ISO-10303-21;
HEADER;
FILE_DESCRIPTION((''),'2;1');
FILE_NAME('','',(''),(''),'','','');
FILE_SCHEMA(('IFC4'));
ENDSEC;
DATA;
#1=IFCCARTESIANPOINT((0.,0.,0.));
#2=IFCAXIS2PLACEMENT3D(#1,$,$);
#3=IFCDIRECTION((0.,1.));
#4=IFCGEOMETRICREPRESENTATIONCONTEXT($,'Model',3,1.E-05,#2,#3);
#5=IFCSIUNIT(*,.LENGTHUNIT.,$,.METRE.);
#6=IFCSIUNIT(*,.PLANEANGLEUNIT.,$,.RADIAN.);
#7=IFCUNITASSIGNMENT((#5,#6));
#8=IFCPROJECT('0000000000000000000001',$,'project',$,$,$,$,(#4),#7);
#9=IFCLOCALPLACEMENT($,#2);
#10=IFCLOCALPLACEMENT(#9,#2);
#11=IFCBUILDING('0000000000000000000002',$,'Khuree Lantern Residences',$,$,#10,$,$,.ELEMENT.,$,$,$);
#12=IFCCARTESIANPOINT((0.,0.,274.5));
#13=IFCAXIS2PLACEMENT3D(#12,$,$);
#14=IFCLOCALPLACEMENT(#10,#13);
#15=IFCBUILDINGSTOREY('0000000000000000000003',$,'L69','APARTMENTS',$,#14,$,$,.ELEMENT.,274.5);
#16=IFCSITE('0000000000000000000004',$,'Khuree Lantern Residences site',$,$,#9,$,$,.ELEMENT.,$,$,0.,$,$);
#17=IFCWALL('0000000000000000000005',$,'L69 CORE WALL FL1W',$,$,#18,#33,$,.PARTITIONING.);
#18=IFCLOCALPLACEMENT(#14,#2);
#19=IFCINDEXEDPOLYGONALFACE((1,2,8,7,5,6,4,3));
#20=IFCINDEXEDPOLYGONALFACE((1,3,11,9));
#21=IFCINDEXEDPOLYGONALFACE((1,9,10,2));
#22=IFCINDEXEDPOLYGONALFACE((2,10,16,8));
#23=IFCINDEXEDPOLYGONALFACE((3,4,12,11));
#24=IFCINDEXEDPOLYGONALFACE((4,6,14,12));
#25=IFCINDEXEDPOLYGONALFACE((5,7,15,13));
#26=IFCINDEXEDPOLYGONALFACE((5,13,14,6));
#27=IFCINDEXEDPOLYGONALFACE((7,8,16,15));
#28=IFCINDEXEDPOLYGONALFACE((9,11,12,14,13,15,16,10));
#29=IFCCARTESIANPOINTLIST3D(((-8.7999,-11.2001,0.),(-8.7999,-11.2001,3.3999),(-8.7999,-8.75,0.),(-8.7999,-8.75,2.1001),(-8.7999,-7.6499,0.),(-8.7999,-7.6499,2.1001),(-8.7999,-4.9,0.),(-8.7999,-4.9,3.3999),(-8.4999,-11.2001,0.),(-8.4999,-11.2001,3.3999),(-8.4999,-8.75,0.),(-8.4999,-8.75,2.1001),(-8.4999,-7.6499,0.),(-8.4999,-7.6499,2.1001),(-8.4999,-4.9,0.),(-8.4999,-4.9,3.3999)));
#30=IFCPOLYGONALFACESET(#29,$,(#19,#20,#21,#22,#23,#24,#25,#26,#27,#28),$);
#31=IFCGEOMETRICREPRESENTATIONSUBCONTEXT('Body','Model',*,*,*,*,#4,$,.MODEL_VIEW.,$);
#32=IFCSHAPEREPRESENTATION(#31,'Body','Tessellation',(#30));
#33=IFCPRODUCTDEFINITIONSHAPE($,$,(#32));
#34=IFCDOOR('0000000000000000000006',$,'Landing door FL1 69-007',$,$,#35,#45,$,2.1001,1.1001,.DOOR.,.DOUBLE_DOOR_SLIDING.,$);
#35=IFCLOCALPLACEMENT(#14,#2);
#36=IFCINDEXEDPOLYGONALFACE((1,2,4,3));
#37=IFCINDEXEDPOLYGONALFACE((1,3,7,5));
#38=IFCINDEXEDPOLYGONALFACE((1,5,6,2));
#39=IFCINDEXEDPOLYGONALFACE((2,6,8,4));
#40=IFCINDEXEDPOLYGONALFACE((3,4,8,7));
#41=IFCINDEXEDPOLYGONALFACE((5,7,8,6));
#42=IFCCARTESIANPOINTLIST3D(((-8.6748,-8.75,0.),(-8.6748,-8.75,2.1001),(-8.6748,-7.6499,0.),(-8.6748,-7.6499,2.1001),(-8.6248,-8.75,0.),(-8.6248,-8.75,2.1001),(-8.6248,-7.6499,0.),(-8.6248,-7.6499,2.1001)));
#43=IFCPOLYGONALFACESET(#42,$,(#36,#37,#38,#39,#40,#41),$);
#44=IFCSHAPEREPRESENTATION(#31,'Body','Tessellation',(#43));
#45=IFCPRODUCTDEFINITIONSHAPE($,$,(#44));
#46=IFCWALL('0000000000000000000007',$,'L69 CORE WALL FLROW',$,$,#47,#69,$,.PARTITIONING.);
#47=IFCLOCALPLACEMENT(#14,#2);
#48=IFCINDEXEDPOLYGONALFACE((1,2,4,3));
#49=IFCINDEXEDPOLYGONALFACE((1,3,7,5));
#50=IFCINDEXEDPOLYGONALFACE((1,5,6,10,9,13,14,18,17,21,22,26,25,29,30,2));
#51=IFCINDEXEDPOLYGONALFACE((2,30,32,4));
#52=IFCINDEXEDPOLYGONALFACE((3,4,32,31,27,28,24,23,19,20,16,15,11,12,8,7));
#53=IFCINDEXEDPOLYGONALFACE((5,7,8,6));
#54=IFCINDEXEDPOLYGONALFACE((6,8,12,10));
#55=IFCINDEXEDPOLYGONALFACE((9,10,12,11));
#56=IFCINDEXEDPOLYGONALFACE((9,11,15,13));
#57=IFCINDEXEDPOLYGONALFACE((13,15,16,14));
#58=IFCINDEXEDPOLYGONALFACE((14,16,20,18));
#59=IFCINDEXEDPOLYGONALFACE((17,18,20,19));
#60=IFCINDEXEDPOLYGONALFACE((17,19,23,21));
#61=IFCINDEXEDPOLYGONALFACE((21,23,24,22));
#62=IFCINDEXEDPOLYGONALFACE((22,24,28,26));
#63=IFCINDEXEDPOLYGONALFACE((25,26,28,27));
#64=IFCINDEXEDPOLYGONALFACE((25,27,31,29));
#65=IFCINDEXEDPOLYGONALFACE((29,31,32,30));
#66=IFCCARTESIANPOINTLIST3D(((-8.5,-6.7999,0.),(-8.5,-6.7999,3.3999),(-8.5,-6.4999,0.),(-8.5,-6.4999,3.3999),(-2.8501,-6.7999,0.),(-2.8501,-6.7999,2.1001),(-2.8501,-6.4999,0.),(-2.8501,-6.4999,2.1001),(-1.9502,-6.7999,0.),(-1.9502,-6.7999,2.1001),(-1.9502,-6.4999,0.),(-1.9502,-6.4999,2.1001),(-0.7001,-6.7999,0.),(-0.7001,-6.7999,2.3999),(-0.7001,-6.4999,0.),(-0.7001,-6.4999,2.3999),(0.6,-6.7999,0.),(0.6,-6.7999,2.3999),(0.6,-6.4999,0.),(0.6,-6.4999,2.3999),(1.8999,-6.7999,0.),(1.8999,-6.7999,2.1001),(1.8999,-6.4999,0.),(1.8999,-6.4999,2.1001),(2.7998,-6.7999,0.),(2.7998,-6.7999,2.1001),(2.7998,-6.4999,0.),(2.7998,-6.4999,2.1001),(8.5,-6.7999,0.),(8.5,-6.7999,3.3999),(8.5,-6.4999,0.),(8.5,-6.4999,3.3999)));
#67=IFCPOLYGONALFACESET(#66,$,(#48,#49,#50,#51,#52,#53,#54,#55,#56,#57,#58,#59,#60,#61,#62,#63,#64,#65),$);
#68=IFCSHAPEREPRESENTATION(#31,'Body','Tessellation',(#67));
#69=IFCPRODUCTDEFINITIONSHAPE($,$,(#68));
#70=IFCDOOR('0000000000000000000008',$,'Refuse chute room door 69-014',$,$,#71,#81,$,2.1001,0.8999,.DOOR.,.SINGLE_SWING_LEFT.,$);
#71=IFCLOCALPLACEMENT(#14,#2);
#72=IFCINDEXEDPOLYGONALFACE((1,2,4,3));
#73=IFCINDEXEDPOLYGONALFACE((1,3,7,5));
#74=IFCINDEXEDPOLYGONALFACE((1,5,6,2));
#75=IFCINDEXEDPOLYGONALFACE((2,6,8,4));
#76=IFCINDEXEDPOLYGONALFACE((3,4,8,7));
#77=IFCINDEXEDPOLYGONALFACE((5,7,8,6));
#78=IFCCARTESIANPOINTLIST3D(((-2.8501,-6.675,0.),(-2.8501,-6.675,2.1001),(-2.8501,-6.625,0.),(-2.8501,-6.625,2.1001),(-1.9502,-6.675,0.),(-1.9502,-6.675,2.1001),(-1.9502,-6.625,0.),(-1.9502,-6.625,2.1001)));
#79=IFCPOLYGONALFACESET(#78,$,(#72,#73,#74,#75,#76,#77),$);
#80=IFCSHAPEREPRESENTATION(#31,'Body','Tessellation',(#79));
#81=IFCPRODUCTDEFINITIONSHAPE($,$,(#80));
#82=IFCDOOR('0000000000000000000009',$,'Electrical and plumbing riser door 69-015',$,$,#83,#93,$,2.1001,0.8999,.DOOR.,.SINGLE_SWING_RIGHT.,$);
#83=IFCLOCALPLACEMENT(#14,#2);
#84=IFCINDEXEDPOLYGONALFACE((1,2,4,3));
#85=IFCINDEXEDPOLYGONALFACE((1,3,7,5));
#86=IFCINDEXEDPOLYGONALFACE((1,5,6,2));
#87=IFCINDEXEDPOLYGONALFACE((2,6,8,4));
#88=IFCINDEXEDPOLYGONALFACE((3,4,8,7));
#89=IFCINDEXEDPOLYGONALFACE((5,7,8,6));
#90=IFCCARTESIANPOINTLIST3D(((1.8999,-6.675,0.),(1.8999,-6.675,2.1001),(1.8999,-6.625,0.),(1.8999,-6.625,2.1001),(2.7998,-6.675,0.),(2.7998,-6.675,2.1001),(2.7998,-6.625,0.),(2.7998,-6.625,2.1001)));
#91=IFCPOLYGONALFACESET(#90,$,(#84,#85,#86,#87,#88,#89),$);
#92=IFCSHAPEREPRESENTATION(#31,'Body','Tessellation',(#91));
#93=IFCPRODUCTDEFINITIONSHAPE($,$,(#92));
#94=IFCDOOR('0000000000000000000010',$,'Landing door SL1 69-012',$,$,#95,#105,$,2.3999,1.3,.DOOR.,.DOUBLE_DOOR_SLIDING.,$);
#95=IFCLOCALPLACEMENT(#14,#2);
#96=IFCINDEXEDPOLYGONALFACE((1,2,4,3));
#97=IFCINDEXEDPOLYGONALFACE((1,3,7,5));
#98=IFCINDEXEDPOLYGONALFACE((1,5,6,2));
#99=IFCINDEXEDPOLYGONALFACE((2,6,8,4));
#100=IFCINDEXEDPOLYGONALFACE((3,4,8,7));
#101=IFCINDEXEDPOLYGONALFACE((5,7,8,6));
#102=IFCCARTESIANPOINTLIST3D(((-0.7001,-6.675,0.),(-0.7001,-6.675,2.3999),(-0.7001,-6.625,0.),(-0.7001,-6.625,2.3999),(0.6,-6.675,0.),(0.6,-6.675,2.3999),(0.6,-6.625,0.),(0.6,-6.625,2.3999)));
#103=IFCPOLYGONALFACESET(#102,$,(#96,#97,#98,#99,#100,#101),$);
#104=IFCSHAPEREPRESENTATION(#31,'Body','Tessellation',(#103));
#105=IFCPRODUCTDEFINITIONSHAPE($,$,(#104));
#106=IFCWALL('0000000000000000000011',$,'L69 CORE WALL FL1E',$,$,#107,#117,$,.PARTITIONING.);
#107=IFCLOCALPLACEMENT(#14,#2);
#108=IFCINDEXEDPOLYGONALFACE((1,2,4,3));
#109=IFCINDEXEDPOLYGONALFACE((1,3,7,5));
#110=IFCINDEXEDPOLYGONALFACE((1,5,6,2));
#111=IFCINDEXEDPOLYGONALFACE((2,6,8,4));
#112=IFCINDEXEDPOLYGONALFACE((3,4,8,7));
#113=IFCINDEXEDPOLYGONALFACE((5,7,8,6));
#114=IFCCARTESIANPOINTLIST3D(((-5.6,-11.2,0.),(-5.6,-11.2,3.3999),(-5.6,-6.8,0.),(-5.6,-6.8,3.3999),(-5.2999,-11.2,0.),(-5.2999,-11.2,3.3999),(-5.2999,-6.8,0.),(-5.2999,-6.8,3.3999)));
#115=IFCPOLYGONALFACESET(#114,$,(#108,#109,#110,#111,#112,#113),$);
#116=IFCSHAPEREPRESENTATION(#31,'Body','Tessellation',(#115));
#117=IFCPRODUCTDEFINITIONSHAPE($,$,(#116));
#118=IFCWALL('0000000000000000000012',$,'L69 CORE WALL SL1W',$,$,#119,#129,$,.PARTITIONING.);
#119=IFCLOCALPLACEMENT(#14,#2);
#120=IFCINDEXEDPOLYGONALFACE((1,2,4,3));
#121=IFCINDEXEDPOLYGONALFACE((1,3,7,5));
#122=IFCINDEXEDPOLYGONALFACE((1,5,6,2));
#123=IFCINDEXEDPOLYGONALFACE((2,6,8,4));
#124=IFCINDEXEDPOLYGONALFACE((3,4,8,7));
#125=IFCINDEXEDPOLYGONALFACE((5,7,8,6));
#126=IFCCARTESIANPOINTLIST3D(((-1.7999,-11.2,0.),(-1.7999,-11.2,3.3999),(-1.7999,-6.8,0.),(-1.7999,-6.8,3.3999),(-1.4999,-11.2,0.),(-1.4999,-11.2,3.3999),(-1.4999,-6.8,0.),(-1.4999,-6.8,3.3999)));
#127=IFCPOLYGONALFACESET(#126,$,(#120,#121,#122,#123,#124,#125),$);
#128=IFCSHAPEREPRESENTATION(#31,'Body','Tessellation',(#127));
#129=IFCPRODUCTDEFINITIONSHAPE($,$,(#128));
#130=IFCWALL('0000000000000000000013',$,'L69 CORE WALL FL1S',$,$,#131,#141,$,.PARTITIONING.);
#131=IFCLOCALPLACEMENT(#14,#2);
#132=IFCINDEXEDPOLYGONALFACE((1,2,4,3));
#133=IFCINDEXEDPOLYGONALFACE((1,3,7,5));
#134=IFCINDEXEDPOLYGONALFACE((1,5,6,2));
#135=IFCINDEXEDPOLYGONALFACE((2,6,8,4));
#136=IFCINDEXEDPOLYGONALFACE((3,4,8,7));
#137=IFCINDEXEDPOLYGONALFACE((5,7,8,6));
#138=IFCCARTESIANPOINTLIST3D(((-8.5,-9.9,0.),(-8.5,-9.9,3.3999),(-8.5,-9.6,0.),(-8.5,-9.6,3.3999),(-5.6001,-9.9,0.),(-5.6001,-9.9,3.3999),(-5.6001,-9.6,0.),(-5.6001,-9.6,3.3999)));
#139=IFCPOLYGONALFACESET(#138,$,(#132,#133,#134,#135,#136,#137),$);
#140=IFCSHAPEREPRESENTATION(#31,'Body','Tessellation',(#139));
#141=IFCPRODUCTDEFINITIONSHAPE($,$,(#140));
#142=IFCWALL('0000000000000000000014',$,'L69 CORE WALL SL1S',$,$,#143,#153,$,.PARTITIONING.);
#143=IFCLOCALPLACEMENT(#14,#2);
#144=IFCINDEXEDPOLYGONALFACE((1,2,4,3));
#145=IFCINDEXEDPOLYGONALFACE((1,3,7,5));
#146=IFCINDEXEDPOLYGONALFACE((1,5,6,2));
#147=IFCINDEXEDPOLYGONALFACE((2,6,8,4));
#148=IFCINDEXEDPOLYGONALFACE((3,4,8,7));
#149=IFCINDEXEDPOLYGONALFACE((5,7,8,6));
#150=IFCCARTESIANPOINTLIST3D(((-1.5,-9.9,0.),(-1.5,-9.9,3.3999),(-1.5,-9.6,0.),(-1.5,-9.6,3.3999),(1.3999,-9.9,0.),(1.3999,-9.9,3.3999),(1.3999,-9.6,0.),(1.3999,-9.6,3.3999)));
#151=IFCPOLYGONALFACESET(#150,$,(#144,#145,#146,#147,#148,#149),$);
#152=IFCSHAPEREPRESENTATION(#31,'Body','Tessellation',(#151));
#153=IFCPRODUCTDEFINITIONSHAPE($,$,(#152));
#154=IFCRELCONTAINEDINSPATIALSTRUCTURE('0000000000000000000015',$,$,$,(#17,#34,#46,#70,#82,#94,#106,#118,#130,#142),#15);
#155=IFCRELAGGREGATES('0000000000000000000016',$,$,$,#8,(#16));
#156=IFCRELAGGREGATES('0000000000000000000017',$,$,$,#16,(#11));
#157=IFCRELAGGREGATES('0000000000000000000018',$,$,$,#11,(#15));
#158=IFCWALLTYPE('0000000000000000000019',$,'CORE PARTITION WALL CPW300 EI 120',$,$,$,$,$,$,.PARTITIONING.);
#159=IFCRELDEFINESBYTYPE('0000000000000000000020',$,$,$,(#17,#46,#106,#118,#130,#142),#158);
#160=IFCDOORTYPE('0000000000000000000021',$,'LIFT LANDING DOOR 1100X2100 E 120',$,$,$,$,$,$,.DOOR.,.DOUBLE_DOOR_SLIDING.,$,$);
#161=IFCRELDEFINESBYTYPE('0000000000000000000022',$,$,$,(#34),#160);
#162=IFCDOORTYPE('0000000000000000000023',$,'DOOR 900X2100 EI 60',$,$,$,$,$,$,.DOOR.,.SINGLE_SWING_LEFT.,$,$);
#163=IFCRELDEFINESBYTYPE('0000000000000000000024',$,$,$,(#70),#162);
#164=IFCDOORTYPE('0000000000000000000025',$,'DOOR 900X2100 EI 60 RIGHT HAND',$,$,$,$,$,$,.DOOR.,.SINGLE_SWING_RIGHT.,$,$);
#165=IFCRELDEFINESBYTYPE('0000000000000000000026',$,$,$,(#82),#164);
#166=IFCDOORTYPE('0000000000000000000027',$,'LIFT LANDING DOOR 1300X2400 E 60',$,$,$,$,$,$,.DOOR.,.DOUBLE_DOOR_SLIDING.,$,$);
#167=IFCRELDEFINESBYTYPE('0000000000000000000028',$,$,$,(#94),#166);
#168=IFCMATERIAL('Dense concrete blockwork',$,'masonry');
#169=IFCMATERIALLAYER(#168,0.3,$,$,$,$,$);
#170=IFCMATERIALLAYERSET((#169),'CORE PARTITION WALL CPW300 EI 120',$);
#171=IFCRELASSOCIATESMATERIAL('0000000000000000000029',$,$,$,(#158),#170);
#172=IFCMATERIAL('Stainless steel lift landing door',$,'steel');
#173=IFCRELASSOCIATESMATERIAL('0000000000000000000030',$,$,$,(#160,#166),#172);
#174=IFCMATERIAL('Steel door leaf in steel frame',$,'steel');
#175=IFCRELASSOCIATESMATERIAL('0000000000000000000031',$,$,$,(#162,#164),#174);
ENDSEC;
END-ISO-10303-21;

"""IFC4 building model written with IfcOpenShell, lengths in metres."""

from ifc_helpers import new_model, si_unit, direction, frame, frame_2d, origin, place, context, subcontext, project, spatial, rectangle, extrude, material, layer, layer_set, type_object, element, fill, save


model = new_model("IFC4")

# Units and contexts
model_context = context("Model", 3, precision=1e-05, world=origin(), true_north=direction((0.0, 1.0)))
body_context = subcontext(model_context, "Body", "Model", "MODEL_VIEW")
ifc_project = project(units=[si_unit("LENGTHUNIT", "METRE"), si_unit("PLANEANGLEUNIT", "RADIAN")], contexts=[model_context])

# Site, building, storey
site_placement = place(None, origin())
site = spatial("IfcSite", under=ifc_project, at=site_placement, Name="Khuree Lantern Residences site", CompositionType="ELEMENT", RefElevation=0.0)
building_placement = place(site_placement, origin())
building = spatial("IfcBuilding", under=site, at=building_placement, Name="Khuree Lantern Residences", CompositionType="ELEMENT")
storey_placement = place(building_placement, frame((0.0, 0.0, 274.5)))
storey = spatial("IfcBuildingStorey", under=building, at=storey_placement, Name="L69", Description="APARTMENTS", CompositionType="ELEMENT", Elevation=274.5)

# Wall, opening, door
ifc_material_1 = material(Name="Dense concrete blockwork", Category="masonry")
ifc_layer_1 = layer(ifc_material_1, 0.3)
ifc_layer_set_1 = layer_set([ifc_layer_1], Name="CORE PARTITION WALL CPW300 EI 120")
wall_type_1 = type_object("IfcWallType", Name="CORE PARTITION WALL CPW300 EI 120", PredefinedType="PARTITIONING", material=ifc_layer_set_1)
wall_1_placement = place(storey_placement, frame((-8.6499, -11.2, 0.0), z_axis=(0.0, 0.0, 1.0), x_axis=(0.0, 1.0, 0.0)))
wall_1 = element("IfcWall", 1, at=wall_1_placement, inside=storey, type_object=wall_type_1, Name="L69 CORE WALL FL1W", PredefinedType="PARTITIONING", context=body_context, shape_type="SweptSolid", body=[
    extrude(rectangle(XDim=6.3, YDim=0.3, at=frame_2d((3.1499, 0.0))), origin(), (0.0, 0.0, 1.0), 3.3999),
])
opening_1_placement = place(wall_1_placement, frame((2.45, 0.0, 0.0)))
opening_1 = element("IfcOpeningElement", 2, at=opening_1_placement, cuts=wall_1, PredefinedType="OPENING", context=body_context, shape_type="SweptSolid", body=[
    extrude(rectangle(XDim=1.1001, YDim=2.1001, at=frame_2d((0.55, 1.05))), frame((0.0, 0.1602, 0.0), z_axis=(0.0, -1.0, 0.0), x_axis=(1.0, 0.0, 0.0)), (0.0, 0.0, 1.0), 0.3201),
])
ifc_material_2 = material(Name="Stainless steel lift landing door", Category="steel")
door_type_1 = type_object("IfcDoorType", Name="LIFT LANDING DOOR 1100X2100 E 120", OperationType="DOUBLE_DOOR_SLIDING", PredefinedType="DOOR", material=ifc_material_2)
door_1_placement = place(opening_1_placement, origin())
door_1 = element("IfcDoor", 3, at=door_1_placement, inside=storey, type_object=door_type_1, Name="Landing door FL1 69-007", OperationType="DOUBLE_DOOR_SLIDING", OverallHeight=2.1001, OverallWidth=1.1001, PredefinedType="DOOR", context=body_context, shape_type="SweptSolid", body=[
    extrude(rectangle(XDim=1.1001, YDim=2.1001, at=frame_2d((0.55, 1.05))), frame((0.0, 0.0249, 0.0), z_axis=(0.0, -1.0, 0.0), x_axis=(1.0, 0.0, 0.0)), (0.0, 0.0, 1.0), 0.05),
])
fill(opening_1, door_1)

# Wall, openings, doors
wall_2_placement = place(storey_placement, frame((-8.5, -6.6499, 0.0), z_axis=(0.0, 0.0, 1.0), x_axis=(1.0, 0.0, 0.0)))
wall_2 = element("IfcWall", 4, at=wall_2_placement, inside=storey, type_object=wall_type_1, Name="L69 CORE WALL FLROW", PredefinedType="PARTITIONING", context=body_context, shape_type="SweptSolid", body=[
    extrude(rectangle(XDim=17.0, YDim=0.3, at=frame_2d((8.5, 0.0))), origin(), (0.0, 0.0, 1.0), 3.3999),
])
opening_2_placement = place(wall_2_placement, frame((7.8, 0.0, 0.0)))
opening_2 = element("IfcOpeningElement", 5, at=opening_2_placement, cuts=wall_2, PredefinedType="OPENING", context=body_context, shape_type="SweptSolid", body=[
    extrude(rectangle(XDim=1.3, YDim=2.3999, at=frame_2d((0.6499, 1.2))), frame((0.0, 0.1602, 0.0), z_axis=(0.0, -1.0, 0.0), x_axis=(1.0, 0.0, 0.0)), (0.0, 0.0, 1.0), 0.3201),
])
opening_3_placement = place(wall_2_placement, frame((5.6499, 0.0, 0.0)))
opening_3 = element("IfcOpeningElement", 6, at=opening_3_placement, cuts=wall_2, PredefinedType="OPENING", context=body_context, shape_type="SweptSolid", body=[
    extrude(rectangle(XDim=0.8999, YDim=2.1001, at=frame_2d((0.45, 1.05))), frame((0.0, 0.1602, 0.0), z_axis=(0.0, -1.0, 0.0), x_axis=(1.0, 0.0, 0.0)), (0.0, 0.0, 1.0), 0.3201),
])
opening_4_placement = place(wall_2_placement, frame((10.3999, 0.0, 0.0)))
opening_4 = element("IfcOpeningElement", 7, at=opening_4_placement, cuts=wall_2, PredefinedType="OPENING", context=body_context, shape_type="SweptSolid", body=[
    extrude(rectangle(XDim=0.8999, YDim=2.1001, at=frame_2d((0.45, 1.05))), frame((0.0, 0.1602, 0.0), z_axis=(0.0, -1.0, 0.0), x_axis=(1.0, 0.0, 0.0)), (0.0, 0.0, 1.0), 0.3201),
])
ifc_material_3 = material(Name="Steel door leaf in steel frame", Category="steel")
door_type_2 = type_object("IfcDoorType", Name="DOOR 900X2100 EI 60", OperationType="SINGLE_SWING_LEFT", PredefinedType="DOOR", material=ifc_material_3)
door_2_placement = place(opening_3_placement, origin())
door_2 = element("IfcDoor", 8, at=door_2_placement, inside=storey, type_object=door_type_2, Name="Refuse chute room door 69-014", OperationType="SINGLE_SWING_LEFT", OverallHeight=2.1001, OverallWidth=0.8999, PredefinedType="DOOR", context=body_context, shape_type="SweptSolid", body=[
    extrude(rectangle(XDim=0.8999, YDim=2.1001, at=frame_2d((0.45, 1.05))), frame((0.0, 0.0249, 0.0), z_axis=(0.0, -1.0, 0.0), x_axis=(1.0, 0.0, 0.0)), (0.0, 0.0, 1.0), 0.05),
])
fill(opening_3, door_2)
door_type_3 = type_object("IfcDoorType", Name="DOOR 900X2100 EI 60 RIGHT HAND", OperationType="SINGLE_SWING_RIGHT", PredefinedType="DOOR", material=ifc_material_3)
door_3_placement = place(opening_4_placement, origin())
door_3 = element("IfcDoor", 9, at=door_3_placement, inside=storey, type_object=door_type_3, Name="Electrical and plumbing riser door 69-015", OperationType="SINGLE_SWING_RIGHT", OverallHeight=2.1001, OverallWidth=0.8999, PredefinedType="DOOR", context=body_context, shape_type="SweptSolid", body=[
    extrude(rectangle(XDim=0.8999, YDim=2.1001, at=frame_2d((0.45, 1.05))), frame((0.0, 0.0249, 0.0), z_axis=(0.0, -1.0, 0.0), x_axis=(1.0, 0.0, 0.0)), (0.0, 0.0, 1.0), 0.05),
])
fill(opening_4, door_3)
door_type_4 = type_object("IfcDoorType", Name="LIFT LANDING DOOR 1300X2400 E 60", OperationType="DOUBLE_DOOR_SLIDING", PredefinedType="DOOR", material=ifc_material_2)
door_4_placement = place(opening_2_placement, origin())
door_4 = element("IfcDoor", 10, at=door_4_placement, inside=storey, type_object=door_type_4, Name="Landing door SL1 69-012", OperationType="DOUBLE_DOOR_SLIDING", OverallHeight=2.3999, OverallWidth=1.3, PredefinedType="DOOR", context=body_context, shape_type="SweptSolid", body=[
    extrude(rectangle(XDim=1.3, YDim=2.3999, at=frame_2d((0.6499, 1.2))), frame((0.0, 0.0249, 0.0), z_axis=(0.0, -1.0, 0.0), x_axis=(1.0, 0.0, 0.0)), (0.0, 0.0, 1.0), 0.05),
])
fill(opening_2, door_4)

# Walls
for number, where, z_axis, x_axis, name in (
    (11, (-5.45, -11.2, 0.0), (0.0, 0.0, 1.0), (0.0, 1.0, 0.0), "L69 CORE WALL FL1E"),
    (12, (-1.6499, -11.2, 0.0), (0.0, 0.0, 1.0), (0.0, 1.0, 0.0), "L69 CORE WALL SL1W"),
):
    element("IfcWall", number, at=place(storey_placement, frame(where, z_axis=z_axis, x_axis=x_axis)), inside=storey, type_object=wall_type_1, Name=name, PredefinedType="PARTITIONING", context=body_context, shape_type="SweptSolid", body=[
        extrude(rectangle(XDim=4.3999, YDim=0.3, at=frame_2d((2.2, 0.0))), origin(), (0.0, 0.0, 1.0), 3.3999),
    ])
for number, where, z_axis, x_axis, name in (
    (13, (-8.5, -9.75, 0.0), (0.0, 0.0, 1.0), (1.0, 0.0, 0.0), "L69 CORE WALL FL1S"),
    (14, (-1.5, -9.75, 0.0), (0.0, 0.0, 1.0), (1.0, 0.0, 0.0), "L69 CORE WALL SL1S"),
):
    element("IfcWall", number, at=place(storey_placement, frame(where, z_axis=z_axis, x_axis=x_axis)), inside=storey, type_object=wall_type_1, Name=name, PredefinedType="PARTITIONING", context=body_context, shape_type="SweptSolid", body=[
        extrude(rectangle(XDim=2.8999, YDim=0.3, at=frame_2d((1.45, 0.0))), origin(), (0.0, 0.0, 1.0), 3.3999),
    ])

save(model, "model.ifc")
